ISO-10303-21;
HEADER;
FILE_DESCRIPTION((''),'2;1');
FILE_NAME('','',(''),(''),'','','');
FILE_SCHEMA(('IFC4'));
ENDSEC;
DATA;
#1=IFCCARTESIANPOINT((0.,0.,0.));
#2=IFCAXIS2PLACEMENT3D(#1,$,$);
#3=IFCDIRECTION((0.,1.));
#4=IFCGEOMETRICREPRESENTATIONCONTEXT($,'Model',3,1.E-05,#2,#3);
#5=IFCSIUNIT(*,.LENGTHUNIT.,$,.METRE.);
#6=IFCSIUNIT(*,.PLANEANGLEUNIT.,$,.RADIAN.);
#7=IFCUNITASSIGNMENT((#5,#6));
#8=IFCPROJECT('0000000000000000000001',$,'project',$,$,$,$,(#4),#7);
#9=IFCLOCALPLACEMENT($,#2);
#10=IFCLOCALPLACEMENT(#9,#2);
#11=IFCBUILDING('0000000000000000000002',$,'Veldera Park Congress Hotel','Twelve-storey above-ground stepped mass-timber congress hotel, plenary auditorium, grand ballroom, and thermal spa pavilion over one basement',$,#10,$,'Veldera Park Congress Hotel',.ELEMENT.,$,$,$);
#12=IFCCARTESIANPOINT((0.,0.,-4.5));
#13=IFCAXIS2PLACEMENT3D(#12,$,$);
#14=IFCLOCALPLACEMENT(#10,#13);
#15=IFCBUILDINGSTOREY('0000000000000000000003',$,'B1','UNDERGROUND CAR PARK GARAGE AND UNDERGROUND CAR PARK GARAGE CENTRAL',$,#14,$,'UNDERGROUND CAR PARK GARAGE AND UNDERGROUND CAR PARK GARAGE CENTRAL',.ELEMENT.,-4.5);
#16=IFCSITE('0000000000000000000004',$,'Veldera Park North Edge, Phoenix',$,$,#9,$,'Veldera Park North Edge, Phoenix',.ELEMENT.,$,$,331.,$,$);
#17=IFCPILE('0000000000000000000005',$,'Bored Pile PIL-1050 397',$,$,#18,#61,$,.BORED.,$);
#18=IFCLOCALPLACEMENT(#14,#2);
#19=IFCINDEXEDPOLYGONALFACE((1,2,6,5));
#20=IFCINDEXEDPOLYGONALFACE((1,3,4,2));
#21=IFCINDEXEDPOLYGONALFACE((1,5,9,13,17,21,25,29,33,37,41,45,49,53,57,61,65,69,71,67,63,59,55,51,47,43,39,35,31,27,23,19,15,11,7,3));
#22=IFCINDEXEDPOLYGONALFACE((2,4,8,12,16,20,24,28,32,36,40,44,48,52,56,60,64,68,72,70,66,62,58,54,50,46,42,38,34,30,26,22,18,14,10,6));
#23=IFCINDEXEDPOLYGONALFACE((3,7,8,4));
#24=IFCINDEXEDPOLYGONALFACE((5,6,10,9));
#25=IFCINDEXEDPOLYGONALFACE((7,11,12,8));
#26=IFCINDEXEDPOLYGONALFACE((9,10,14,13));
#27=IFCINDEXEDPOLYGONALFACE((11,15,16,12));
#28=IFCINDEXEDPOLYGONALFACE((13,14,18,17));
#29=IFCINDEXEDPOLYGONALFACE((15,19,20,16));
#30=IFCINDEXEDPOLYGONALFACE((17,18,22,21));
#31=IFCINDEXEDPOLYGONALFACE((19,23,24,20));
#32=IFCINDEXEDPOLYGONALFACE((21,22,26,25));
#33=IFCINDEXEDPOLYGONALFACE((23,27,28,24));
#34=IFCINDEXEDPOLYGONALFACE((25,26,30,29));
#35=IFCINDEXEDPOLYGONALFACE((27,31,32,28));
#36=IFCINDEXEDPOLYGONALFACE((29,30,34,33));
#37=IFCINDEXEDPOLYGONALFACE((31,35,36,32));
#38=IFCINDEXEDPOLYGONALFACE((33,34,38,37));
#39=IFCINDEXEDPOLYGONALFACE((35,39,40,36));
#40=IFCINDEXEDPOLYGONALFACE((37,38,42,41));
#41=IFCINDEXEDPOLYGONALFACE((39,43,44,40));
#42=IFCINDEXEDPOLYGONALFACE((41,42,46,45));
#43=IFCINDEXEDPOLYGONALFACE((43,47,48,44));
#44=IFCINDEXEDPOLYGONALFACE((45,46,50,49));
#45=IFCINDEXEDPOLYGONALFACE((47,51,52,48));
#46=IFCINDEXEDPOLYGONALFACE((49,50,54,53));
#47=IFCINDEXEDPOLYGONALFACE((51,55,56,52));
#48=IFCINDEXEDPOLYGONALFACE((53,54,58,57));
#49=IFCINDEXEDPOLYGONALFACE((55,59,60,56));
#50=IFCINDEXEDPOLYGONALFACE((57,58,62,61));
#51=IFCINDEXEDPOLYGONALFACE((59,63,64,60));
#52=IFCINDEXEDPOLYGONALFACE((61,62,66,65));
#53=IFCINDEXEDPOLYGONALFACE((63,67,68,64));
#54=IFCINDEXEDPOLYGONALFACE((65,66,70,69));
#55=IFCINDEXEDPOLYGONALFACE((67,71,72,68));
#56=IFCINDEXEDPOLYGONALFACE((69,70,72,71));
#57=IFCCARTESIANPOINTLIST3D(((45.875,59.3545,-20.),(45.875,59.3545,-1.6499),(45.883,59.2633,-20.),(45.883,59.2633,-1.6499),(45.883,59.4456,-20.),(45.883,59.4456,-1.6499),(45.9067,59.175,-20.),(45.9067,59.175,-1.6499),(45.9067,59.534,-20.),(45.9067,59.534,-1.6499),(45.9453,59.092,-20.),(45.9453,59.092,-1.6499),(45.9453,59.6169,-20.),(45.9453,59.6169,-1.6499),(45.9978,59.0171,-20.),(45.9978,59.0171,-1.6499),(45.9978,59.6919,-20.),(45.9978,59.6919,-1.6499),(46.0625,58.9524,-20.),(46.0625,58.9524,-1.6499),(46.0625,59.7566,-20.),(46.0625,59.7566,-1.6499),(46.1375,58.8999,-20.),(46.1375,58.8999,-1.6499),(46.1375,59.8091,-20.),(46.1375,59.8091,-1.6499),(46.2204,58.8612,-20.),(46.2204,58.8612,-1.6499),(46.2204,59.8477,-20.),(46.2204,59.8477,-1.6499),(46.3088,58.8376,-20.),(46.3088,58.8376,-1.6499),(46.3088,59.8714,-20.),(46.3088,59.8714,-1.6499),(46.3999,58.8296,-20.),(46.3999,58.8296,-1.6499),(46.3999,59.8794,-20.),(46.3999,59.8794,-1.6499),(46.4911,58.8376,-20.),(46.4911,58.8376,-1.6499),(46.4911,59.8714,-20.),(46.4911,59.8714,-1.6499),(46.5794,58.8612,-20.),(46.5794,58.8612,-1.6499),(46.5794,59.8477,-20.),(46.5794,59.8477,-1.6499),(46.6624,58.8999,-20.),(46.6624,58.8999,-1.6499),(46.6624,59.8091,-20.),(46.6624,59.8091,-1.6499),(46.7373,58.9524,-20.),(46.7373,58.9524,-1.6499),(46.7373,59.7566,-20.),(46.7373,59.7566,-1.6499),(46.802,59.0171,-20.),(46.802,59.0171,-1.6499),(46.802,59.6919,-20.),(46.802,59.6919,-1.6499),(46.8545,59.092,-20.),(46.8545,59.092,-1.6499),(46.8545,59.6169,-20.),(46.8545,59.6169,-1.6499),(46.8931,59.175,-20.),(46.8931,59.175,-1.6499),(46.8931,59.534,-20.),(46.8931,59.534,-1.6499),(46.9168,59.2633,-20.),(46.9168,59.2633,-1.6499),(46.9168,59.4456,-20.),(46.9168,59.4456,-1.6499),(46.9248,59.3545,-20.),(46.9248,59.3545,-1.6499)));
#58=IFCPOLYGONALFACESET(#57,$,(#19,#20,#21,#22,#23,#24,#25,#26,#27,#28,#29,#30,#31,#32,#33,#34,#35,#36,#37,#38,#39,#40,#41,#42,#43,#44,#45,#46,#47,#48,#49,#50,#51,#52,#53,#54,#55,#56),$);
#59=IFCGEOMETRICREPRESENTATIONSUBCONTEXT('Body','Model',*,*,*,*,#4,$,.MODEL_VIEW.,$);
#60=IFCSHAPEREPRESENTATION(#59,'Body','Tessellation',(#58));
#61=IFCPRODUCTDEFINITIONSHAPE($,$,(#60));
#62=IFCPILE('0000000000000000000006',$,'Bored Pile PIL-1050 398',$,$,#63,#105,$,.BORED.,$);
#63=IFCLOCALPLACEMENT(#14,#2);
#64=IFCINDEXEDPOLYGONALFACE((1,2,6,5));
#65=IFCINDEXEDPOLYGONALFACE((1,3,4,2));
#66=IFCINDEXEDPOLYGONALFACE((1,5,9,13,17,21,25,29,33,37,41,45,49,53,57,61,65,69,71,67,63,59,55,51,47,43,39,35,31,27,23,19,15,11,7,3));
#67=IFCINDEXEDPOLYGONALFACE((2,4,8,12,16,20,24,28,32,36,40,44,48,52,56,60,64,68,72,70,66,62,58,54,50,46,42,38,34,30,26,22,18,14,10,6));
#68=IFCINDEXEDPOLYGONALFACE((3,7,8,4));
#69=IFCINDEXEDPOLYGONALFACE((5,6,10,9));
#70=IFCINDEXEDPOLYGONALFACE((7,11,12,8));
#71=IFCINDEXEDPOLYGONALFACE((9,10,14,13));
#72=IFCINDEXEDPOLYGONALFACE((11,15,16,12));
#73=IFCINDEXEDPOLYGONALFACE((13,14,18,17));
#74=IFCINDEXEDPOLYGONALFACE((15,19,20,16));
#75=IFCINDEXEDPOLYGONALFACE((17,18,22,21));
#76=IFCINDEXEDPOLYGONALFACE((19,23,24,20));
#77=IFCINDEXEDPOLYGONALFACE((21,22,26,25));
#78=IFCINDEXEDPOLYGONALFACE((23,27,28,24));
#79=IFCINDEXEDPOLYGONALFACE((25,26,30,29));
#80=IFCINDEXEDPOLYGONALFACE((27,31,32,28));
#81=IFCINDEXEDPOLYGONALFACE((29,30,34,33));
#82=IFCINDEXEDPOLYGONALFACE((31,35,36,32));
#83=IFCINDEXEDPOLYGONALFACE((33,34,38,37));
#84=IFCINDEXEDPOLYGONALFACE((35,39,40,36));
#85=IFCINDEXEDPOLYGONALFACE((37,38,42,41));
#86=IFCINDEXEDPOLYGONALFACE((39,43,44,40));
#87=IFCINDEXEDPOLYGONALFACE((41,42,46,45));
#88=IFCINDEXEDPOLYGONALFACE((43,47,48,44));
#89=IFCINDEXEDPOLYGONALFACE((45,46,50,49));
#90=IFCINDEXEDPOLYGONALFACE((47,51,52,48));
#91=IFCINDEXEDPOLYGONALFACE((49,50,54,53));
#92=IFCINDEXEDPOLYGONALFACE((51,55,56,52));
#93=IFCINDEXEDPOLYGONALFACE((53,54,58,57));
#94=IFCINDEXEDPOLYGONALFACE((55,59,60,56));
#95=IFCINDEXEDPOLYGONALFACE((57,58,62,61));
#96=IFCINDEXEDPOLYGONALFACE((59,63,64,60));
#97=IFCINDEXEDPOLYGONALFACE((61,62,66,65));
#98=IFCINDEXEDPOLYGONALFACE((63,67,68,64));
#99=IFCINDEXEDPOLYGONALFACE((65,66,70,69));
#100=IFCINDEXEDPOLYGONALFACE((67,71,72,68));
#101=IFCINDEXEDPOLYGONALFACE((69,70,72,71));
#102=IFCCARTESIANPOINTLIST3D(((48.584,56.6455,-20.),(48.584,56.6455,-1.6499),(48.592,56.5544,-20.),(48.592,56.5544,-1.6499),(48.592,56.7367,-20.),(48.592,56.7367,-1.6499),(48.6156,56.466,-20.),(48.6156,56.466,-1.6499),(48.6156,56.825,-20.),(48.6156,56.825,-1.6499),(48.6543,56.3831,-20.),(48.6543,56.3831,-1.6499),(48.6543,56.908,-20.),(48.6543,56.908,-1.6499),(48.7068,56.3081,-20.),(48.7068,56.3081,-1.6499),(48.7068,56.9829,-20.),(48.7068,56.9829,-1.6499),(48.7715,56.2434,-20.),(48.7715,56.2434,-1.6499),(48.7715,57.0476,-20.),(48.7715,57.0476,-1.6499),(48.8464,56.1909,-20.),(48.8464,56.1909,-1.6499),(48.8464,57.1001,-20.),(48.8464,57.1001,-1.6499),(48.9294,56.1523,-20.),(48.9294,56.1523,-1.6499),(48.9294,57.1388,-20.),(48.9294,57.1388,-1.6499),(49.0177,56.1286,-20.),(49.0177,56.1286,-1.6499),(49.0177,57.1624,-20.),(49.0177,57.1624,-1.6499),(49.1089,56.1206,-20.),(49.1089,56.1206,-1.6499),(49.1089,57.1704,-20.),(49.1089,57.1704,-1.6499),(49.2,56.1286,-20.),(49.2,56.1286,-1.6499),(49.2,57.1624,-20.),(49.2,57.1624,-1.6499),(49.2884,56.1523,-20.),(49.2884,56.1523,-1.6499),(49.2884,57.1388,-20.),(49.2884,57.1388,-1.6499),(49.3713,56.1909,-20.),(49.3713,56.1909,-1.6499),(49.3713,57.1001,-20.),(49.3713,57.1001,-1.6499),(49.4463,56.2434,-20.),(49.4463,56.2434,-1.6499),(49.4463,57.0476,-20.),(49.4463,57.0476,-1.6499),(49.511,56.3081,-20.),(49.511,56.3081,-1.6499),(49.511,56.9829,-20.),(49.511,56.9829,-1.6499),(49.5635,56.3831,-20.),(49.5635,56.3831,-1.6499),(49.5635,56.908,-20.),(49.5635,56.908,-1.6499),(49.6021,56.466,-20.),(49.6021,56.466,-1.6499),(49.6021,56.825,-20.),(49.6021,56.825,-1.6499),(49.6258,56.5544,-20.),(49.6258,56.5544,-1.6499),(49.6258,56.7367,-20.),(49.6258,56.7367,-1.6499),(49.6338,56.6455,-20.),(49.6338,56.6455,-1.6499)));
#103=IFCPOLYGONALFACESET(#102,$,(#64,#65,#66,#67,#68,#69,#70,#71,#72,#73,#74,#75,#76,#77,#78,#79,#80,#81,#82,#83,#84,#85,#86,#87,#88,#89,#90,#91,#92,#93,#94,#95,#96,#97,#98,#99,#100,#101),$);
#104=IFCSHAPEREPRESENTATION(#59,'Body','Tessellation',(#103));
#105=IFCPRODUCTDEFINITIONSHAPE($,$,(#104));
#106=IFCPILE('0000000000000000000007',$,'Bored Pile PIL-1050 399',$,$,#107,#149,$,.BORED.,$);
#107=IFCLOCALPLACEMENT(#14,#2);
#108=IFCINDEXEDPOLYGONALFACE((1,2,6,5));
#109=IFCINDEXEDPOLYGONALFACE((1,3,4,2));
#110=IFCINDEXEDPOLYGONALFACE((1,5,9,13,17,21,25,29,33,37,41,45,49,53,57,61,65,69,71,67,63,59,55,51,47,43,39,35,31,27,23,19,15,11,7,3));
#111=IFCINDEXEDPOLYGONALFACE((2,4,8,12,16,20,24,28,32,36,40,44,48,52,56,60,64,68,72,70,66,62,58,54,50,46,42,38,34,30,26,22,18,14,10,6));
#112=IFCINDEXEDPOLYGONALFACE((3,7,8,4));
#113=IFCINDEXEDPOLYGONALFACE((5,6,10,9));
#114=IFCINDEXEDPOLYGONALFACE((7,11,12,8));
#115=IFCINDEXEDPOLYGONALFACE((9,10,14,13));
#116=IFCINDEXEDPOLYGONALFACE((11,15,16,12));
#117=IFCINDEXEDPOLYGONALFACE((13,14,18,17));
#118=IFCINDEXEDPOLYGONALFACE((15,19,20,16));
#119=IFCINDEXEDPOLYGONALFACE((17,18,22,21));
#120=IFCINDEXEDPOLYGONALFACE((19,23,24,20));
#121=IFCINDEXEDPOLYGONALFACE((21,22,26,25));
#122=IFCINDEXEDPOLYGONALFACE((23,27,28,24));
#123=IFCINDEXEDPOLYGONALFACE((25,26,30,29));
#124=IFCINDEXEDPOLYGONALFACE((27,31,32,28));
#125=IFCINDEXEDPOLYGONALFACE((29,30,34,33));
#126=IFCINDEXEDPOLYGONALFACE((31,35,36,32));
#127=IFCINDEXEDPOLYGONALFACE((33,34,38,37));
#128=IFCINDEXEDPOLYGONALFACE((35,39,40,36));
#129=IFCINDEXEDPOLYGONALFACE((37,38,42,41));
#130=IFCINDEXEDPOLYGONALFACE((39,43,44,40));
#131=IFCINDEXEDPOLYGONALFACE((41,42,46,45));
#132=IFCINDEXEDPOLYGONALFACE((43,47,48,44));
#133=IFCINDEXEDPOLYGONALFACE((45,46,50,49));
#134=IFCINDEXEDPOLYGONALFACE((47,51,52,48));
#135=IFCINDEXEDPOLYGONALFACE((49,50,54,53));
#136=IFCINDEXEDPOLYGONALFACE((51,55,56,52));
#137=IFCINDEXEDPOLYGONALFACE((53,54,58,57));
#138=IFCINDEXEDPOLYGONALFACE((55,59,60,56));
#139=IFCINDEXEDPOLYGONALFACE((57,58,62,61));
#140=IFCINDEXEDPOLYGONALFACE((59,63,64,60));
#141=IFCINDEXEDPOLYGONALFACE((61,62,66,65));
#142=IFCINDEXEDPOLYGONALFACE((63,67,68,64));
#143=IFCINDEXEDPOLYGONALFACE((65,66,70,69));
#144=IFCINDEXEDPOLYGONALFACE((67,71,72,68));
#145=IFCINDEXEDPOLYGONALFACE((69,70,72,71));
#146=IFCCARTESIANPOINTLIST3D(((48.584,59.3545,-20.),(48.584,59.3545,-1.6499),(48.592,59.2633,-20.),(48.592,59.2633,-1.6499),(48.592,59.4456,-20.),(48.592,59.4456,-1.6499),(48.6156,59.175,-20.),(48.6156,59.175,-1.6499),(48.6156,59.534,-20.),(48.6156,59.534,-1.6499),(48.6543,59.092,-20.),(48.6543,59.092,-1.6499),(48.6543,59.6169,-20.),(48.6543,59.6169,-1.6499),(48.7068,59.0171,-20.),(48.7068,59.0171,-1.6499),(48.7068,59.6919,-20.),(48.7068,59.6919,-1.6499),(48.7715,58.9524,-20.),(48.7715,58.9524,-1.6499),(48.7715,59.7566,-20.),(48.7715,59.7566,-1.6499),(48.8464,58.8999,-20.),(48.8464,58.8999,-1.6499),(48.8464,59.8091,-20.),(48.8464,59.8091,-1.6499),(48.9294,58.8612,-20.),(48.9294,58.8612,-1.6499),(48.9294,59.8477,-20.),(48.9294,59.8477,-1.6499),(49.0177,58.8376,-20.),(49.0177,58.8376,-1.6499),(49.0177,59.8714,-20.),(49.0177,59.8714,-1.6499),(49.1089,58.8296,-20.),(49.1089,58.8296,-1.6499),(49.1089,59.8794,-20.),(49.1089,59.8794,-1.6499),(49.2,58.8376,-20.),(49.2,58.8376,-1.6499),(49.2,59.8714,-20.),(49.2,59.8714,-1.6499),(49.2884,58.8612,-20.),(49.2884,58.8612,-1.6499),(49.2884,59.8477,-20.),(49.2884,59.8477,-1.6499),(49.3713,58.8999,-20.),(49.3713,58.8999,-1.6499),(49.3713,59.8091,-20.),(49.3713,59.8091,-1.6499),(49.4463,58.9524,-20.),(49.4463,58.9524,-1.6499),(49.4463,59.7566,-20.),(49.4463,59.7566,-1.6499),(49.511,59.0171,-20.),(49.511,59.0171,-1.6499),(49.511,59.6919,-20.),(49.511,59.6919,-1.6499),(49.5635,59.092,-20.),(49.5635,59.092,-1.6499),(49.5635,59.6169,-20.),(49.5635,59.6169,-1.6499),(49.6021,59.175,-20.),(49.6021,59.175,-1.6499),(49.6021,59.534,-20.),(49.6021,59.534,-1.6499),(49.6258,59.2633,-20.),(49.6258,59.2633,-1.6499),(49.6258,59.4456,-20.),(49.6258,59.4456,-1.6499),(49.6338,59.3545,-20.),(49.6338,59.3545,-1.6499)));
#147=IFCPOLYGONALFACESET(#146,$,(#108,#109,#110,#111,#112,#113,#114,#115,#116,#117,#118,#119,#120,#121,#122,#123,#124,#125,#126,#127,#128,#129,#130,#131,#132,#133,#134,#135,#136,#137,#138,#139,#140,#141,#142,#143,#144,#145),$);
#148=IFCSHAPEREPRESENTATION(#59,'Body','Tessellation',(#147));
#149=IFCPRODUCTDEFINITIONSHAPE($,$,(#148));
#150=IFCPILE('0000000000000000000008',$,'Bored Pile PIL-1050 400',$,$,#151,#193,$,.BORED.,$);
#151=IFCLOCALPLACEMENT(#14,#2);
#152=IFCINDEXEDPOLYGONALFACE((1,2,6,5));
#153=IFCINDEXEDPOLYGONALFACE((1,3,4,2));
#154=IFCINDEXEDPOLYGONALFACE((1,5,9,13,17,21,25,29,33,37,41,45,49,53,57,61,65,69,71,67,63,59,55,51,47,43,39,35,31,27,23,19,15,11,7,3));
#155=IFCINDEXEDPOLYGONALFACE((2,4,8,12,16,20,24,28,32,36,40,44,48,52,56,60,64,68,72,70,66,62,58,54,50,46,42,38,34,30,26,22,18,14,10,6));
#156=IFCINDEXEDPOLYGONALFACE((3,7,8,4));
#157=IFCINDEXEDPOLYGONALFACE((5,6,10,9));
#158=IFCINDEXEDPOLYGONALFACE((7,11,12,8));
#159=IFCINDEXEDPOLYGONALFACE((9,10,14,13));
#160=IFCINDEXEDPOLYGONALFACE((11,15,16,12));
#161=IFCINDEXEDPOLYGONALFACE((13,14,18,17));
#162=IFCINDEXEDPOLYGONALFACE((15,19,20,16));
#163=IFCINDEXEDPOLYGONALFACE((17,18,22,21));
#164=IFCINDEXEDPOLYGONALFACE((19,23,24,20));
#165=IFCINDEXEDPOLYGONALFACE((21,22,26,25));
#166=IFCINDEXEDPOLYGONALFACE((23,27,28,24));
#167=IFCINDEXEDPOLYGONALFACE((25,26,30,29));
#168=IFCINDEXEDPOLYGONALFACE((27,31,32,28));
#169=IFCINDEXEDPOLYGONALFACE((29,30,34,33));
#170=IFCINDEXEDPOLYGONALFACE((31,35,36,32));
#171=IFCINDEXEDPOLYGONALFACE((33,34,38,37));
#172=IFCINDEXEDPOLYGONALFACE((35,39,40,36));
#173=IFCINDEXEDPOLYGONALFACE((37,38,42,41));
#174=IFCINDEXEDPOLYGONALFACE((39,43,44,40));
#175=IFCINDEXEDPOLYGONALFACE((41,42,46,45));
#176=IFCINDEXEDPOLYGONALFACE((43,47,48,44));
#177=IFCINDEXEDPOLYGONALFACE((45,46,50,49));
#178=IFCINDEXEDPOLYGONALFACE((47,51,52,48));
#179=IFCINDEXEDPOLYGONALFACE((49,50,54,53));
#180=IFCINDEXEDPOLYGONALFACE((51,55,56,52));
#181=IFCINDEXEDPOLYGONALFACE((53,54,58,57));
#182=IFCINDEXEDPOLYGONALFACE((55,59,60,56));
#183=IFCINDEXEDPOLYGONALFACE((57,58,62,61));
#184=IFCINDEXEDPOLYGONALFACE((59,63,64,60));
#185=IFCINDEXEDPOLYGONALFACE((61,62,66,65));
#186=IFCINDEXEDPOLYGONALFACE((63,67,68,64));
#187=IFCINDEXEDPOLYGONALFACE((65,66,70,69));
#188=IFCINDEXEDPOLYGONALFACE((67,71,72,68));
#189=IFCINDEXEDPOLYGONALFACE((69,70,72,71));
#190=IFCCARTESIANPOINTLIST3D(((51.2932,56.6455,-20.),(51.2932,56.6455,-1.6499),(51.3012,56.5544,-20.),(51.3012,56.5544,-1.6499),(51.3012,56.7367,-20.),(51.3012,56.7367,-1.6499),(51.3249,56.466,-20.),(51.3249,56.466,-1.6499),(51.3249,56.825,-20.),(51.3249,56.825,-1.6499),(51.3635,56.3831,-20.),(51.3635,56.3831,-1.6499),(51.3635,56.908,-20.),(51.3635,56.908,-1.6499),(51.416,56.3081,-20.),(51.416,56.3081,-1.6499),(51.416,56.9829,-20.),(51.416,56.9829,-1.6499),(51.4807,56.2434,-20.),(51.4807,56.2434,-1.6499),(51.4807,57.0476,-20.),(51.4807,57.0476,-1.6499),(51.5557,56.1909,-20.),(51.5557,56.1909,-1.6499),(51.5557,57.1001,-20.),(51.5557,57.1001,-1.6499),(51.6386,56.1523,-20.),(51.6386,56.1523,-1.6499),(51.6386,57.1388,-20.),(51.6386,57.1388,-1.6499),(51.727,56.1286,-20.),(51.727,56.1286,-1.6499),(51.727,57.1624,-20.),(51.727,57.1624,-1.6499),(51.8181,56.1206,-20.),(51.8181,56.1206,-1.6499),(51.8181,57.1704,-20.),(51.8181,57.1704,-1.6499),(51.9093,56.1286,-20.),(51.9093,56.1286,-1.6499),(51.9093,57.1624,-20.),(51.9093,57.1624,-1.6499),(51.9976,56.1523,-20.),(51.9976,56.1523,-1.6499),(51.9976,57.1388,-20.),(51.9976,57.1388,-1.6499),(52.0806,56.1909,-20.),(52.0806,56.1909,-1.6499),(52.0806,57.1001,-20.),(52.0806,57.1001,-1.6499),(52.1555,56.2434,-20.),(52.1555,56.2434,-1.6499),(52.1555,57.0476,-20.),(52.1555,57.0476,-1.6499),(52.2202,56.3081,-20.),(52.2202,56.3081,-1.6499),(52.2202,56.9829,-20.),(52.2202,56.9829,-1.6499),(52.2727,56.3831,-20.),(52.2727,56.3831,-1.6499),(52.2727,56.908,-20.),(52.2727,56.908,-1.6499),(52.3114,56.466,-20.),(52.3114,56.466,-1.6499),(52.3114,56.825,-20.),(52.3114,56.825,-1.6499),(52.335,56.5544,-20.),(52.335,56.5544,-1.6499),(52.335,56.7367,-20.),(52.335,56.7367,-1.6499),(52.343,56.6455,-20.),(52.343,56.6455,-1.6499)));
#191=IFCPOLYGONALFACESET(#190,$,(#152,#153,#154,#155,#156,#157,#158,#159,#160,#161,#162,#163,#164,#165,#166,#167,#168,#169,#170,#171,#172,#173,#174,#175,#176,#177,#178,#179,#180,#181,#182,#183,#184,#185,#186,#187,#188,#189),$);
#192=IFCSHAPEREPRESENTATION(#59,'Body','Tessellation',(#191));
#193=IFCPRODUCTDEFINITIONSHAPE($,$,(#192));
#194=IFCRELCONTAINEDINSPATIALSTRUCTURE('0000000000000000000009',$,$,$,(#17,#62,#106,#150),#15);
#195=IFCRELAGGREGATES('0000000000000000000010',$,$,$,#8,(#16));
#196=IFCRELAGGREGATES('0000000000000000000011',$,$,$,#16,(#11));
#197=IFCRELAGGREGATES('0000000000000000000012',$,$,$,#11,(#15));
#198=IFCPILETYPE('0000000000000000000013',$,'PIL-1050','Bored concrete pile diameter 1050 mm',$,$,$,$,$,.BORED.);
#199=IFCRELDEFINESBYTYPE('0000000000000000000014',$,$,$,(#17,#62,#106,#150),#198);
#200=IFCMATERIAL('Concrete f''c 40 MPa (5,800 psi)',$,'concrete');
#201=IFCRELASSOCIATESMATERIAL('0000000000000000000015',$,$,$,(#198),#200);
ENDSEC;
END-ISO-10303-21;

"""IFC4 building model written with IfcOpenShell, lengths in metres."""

from ifc_helpers import new_model, si_unit, direction, frame, origin, origin_2d, place, context, subcontext, project, spatial, circle, extrude, material, material_profile, profile_set, type_object, element, save


model = new_model("IFC4")

# Units and contexts
model_context = context("Model", 3, precision=1e-05, world=origin(), true_north=direction((0.0, 1.0)))
body_context = subcontext(model_context, "Body", "Model", "MODEL_VIEW")
ifc_project = project(units=[si_unit("LENGTHUNIT", "METRE"), si_unit("PLANEANGLEUNIT", "RADIAN")], contexts=[model_context])

# Site, building, storey
site_placement = place(None, origin())
site = spatial("IfcSite", under=ifc_project, at=site_placement, Name="Veldera Park North Edge, Phoenix", LongName="Veldera Park North Edge, Phoenix", CompositionType="ELEMENT", RefElevation=331.0)
building_placement = place(site_placement, origin())
building = spatial("IfcBuilding", under=site, at=building_placement, Name="Veldera Park Congress Hotel", Description="Twelve-storey above-ground stepped mass-timber congress hotel, plenary auditorium, grand ballroom, and thermal spa pavilion over one basement", LongName="Veldera Park Congress Hotel", CompositionType="ELEMENT")
storey_placement = place(building_placement, frame((0.0, 0.0, -4.5)))
storey = spatial("IfcBuildingStorey", under=building, at=storey_placement, Name="B1", Description="UNDERGROUND CAR PARK GARAGE AND UNDERGROUND CAR PARK GARAGE CENTRAL", LongName="UNDERGROUND CAR PARK GARAGE AND UNDERGROUND CAR PARK GARAGE CENTRAL", CompositionType="ELEMENT", Elevation=-4.5)

# Shared definitions
ifc_material_1 = material(Name="Concrete f'c 40 MPa (5,800 psi)", Category="concrete")

# Piles
ifc_material_profile_1 = material_profile(ifc_material_1, circle(Radius=0.5249, at=origin_2d()), Name="PILE D1050")
ifc_profile_set_1 = profile_set([ifc_material_profile_1], Name="Concrete f'c 40 MPa (5,800 psi)")
pile_type = type_object("IfcPileType", Name="PIL-1050", Description="Bored concrete pile diameter 1050 mm", PredefinedType="BORED", material=ifc_profile_set_1)
for number, where, z_axis, x_axis, name in (
    (1, (46.3999, 59.3545, -1.6499), (0.0, 0.0, -1.0), (1.0, 0.0, 0.0), "Bored Pile PIL-1050 397"),
    (2, (49.1089, 56.6455, -1.6499), (0.0, 0.0, -1.0), (1.0, 0.0, 0.0), "Bored Pile PIL-1050 398"),
    (3, (49.1089, 59.3545, -1.6499), (0.0, 0.0, -1.0), (1.0, 0.0, 0.0), "Bored Pile PIL-1050 399"),
    (4, (51.8181, 56.6455, -1.6499), (0.0, 0.0, -1.0), (1.0, 0.0, 0.0), "Bored Pile PIL-1050 400"),
):
    element("IfcPile", number, at=place(storey_placement, frame(where, z_axis=z_axis, x_axis=x_axis)), inside=storey, type_object=pile_type, Name=name, PredefinedType="BORED", context=body_context, shape_type="SweptSolid", body=[
        extrude(circle(Radius=0.5249, at=origin_2d()), origin(), (0.0, 0.0, 1.0), 18.3501),
    ])

save(model, "model.ifc")
